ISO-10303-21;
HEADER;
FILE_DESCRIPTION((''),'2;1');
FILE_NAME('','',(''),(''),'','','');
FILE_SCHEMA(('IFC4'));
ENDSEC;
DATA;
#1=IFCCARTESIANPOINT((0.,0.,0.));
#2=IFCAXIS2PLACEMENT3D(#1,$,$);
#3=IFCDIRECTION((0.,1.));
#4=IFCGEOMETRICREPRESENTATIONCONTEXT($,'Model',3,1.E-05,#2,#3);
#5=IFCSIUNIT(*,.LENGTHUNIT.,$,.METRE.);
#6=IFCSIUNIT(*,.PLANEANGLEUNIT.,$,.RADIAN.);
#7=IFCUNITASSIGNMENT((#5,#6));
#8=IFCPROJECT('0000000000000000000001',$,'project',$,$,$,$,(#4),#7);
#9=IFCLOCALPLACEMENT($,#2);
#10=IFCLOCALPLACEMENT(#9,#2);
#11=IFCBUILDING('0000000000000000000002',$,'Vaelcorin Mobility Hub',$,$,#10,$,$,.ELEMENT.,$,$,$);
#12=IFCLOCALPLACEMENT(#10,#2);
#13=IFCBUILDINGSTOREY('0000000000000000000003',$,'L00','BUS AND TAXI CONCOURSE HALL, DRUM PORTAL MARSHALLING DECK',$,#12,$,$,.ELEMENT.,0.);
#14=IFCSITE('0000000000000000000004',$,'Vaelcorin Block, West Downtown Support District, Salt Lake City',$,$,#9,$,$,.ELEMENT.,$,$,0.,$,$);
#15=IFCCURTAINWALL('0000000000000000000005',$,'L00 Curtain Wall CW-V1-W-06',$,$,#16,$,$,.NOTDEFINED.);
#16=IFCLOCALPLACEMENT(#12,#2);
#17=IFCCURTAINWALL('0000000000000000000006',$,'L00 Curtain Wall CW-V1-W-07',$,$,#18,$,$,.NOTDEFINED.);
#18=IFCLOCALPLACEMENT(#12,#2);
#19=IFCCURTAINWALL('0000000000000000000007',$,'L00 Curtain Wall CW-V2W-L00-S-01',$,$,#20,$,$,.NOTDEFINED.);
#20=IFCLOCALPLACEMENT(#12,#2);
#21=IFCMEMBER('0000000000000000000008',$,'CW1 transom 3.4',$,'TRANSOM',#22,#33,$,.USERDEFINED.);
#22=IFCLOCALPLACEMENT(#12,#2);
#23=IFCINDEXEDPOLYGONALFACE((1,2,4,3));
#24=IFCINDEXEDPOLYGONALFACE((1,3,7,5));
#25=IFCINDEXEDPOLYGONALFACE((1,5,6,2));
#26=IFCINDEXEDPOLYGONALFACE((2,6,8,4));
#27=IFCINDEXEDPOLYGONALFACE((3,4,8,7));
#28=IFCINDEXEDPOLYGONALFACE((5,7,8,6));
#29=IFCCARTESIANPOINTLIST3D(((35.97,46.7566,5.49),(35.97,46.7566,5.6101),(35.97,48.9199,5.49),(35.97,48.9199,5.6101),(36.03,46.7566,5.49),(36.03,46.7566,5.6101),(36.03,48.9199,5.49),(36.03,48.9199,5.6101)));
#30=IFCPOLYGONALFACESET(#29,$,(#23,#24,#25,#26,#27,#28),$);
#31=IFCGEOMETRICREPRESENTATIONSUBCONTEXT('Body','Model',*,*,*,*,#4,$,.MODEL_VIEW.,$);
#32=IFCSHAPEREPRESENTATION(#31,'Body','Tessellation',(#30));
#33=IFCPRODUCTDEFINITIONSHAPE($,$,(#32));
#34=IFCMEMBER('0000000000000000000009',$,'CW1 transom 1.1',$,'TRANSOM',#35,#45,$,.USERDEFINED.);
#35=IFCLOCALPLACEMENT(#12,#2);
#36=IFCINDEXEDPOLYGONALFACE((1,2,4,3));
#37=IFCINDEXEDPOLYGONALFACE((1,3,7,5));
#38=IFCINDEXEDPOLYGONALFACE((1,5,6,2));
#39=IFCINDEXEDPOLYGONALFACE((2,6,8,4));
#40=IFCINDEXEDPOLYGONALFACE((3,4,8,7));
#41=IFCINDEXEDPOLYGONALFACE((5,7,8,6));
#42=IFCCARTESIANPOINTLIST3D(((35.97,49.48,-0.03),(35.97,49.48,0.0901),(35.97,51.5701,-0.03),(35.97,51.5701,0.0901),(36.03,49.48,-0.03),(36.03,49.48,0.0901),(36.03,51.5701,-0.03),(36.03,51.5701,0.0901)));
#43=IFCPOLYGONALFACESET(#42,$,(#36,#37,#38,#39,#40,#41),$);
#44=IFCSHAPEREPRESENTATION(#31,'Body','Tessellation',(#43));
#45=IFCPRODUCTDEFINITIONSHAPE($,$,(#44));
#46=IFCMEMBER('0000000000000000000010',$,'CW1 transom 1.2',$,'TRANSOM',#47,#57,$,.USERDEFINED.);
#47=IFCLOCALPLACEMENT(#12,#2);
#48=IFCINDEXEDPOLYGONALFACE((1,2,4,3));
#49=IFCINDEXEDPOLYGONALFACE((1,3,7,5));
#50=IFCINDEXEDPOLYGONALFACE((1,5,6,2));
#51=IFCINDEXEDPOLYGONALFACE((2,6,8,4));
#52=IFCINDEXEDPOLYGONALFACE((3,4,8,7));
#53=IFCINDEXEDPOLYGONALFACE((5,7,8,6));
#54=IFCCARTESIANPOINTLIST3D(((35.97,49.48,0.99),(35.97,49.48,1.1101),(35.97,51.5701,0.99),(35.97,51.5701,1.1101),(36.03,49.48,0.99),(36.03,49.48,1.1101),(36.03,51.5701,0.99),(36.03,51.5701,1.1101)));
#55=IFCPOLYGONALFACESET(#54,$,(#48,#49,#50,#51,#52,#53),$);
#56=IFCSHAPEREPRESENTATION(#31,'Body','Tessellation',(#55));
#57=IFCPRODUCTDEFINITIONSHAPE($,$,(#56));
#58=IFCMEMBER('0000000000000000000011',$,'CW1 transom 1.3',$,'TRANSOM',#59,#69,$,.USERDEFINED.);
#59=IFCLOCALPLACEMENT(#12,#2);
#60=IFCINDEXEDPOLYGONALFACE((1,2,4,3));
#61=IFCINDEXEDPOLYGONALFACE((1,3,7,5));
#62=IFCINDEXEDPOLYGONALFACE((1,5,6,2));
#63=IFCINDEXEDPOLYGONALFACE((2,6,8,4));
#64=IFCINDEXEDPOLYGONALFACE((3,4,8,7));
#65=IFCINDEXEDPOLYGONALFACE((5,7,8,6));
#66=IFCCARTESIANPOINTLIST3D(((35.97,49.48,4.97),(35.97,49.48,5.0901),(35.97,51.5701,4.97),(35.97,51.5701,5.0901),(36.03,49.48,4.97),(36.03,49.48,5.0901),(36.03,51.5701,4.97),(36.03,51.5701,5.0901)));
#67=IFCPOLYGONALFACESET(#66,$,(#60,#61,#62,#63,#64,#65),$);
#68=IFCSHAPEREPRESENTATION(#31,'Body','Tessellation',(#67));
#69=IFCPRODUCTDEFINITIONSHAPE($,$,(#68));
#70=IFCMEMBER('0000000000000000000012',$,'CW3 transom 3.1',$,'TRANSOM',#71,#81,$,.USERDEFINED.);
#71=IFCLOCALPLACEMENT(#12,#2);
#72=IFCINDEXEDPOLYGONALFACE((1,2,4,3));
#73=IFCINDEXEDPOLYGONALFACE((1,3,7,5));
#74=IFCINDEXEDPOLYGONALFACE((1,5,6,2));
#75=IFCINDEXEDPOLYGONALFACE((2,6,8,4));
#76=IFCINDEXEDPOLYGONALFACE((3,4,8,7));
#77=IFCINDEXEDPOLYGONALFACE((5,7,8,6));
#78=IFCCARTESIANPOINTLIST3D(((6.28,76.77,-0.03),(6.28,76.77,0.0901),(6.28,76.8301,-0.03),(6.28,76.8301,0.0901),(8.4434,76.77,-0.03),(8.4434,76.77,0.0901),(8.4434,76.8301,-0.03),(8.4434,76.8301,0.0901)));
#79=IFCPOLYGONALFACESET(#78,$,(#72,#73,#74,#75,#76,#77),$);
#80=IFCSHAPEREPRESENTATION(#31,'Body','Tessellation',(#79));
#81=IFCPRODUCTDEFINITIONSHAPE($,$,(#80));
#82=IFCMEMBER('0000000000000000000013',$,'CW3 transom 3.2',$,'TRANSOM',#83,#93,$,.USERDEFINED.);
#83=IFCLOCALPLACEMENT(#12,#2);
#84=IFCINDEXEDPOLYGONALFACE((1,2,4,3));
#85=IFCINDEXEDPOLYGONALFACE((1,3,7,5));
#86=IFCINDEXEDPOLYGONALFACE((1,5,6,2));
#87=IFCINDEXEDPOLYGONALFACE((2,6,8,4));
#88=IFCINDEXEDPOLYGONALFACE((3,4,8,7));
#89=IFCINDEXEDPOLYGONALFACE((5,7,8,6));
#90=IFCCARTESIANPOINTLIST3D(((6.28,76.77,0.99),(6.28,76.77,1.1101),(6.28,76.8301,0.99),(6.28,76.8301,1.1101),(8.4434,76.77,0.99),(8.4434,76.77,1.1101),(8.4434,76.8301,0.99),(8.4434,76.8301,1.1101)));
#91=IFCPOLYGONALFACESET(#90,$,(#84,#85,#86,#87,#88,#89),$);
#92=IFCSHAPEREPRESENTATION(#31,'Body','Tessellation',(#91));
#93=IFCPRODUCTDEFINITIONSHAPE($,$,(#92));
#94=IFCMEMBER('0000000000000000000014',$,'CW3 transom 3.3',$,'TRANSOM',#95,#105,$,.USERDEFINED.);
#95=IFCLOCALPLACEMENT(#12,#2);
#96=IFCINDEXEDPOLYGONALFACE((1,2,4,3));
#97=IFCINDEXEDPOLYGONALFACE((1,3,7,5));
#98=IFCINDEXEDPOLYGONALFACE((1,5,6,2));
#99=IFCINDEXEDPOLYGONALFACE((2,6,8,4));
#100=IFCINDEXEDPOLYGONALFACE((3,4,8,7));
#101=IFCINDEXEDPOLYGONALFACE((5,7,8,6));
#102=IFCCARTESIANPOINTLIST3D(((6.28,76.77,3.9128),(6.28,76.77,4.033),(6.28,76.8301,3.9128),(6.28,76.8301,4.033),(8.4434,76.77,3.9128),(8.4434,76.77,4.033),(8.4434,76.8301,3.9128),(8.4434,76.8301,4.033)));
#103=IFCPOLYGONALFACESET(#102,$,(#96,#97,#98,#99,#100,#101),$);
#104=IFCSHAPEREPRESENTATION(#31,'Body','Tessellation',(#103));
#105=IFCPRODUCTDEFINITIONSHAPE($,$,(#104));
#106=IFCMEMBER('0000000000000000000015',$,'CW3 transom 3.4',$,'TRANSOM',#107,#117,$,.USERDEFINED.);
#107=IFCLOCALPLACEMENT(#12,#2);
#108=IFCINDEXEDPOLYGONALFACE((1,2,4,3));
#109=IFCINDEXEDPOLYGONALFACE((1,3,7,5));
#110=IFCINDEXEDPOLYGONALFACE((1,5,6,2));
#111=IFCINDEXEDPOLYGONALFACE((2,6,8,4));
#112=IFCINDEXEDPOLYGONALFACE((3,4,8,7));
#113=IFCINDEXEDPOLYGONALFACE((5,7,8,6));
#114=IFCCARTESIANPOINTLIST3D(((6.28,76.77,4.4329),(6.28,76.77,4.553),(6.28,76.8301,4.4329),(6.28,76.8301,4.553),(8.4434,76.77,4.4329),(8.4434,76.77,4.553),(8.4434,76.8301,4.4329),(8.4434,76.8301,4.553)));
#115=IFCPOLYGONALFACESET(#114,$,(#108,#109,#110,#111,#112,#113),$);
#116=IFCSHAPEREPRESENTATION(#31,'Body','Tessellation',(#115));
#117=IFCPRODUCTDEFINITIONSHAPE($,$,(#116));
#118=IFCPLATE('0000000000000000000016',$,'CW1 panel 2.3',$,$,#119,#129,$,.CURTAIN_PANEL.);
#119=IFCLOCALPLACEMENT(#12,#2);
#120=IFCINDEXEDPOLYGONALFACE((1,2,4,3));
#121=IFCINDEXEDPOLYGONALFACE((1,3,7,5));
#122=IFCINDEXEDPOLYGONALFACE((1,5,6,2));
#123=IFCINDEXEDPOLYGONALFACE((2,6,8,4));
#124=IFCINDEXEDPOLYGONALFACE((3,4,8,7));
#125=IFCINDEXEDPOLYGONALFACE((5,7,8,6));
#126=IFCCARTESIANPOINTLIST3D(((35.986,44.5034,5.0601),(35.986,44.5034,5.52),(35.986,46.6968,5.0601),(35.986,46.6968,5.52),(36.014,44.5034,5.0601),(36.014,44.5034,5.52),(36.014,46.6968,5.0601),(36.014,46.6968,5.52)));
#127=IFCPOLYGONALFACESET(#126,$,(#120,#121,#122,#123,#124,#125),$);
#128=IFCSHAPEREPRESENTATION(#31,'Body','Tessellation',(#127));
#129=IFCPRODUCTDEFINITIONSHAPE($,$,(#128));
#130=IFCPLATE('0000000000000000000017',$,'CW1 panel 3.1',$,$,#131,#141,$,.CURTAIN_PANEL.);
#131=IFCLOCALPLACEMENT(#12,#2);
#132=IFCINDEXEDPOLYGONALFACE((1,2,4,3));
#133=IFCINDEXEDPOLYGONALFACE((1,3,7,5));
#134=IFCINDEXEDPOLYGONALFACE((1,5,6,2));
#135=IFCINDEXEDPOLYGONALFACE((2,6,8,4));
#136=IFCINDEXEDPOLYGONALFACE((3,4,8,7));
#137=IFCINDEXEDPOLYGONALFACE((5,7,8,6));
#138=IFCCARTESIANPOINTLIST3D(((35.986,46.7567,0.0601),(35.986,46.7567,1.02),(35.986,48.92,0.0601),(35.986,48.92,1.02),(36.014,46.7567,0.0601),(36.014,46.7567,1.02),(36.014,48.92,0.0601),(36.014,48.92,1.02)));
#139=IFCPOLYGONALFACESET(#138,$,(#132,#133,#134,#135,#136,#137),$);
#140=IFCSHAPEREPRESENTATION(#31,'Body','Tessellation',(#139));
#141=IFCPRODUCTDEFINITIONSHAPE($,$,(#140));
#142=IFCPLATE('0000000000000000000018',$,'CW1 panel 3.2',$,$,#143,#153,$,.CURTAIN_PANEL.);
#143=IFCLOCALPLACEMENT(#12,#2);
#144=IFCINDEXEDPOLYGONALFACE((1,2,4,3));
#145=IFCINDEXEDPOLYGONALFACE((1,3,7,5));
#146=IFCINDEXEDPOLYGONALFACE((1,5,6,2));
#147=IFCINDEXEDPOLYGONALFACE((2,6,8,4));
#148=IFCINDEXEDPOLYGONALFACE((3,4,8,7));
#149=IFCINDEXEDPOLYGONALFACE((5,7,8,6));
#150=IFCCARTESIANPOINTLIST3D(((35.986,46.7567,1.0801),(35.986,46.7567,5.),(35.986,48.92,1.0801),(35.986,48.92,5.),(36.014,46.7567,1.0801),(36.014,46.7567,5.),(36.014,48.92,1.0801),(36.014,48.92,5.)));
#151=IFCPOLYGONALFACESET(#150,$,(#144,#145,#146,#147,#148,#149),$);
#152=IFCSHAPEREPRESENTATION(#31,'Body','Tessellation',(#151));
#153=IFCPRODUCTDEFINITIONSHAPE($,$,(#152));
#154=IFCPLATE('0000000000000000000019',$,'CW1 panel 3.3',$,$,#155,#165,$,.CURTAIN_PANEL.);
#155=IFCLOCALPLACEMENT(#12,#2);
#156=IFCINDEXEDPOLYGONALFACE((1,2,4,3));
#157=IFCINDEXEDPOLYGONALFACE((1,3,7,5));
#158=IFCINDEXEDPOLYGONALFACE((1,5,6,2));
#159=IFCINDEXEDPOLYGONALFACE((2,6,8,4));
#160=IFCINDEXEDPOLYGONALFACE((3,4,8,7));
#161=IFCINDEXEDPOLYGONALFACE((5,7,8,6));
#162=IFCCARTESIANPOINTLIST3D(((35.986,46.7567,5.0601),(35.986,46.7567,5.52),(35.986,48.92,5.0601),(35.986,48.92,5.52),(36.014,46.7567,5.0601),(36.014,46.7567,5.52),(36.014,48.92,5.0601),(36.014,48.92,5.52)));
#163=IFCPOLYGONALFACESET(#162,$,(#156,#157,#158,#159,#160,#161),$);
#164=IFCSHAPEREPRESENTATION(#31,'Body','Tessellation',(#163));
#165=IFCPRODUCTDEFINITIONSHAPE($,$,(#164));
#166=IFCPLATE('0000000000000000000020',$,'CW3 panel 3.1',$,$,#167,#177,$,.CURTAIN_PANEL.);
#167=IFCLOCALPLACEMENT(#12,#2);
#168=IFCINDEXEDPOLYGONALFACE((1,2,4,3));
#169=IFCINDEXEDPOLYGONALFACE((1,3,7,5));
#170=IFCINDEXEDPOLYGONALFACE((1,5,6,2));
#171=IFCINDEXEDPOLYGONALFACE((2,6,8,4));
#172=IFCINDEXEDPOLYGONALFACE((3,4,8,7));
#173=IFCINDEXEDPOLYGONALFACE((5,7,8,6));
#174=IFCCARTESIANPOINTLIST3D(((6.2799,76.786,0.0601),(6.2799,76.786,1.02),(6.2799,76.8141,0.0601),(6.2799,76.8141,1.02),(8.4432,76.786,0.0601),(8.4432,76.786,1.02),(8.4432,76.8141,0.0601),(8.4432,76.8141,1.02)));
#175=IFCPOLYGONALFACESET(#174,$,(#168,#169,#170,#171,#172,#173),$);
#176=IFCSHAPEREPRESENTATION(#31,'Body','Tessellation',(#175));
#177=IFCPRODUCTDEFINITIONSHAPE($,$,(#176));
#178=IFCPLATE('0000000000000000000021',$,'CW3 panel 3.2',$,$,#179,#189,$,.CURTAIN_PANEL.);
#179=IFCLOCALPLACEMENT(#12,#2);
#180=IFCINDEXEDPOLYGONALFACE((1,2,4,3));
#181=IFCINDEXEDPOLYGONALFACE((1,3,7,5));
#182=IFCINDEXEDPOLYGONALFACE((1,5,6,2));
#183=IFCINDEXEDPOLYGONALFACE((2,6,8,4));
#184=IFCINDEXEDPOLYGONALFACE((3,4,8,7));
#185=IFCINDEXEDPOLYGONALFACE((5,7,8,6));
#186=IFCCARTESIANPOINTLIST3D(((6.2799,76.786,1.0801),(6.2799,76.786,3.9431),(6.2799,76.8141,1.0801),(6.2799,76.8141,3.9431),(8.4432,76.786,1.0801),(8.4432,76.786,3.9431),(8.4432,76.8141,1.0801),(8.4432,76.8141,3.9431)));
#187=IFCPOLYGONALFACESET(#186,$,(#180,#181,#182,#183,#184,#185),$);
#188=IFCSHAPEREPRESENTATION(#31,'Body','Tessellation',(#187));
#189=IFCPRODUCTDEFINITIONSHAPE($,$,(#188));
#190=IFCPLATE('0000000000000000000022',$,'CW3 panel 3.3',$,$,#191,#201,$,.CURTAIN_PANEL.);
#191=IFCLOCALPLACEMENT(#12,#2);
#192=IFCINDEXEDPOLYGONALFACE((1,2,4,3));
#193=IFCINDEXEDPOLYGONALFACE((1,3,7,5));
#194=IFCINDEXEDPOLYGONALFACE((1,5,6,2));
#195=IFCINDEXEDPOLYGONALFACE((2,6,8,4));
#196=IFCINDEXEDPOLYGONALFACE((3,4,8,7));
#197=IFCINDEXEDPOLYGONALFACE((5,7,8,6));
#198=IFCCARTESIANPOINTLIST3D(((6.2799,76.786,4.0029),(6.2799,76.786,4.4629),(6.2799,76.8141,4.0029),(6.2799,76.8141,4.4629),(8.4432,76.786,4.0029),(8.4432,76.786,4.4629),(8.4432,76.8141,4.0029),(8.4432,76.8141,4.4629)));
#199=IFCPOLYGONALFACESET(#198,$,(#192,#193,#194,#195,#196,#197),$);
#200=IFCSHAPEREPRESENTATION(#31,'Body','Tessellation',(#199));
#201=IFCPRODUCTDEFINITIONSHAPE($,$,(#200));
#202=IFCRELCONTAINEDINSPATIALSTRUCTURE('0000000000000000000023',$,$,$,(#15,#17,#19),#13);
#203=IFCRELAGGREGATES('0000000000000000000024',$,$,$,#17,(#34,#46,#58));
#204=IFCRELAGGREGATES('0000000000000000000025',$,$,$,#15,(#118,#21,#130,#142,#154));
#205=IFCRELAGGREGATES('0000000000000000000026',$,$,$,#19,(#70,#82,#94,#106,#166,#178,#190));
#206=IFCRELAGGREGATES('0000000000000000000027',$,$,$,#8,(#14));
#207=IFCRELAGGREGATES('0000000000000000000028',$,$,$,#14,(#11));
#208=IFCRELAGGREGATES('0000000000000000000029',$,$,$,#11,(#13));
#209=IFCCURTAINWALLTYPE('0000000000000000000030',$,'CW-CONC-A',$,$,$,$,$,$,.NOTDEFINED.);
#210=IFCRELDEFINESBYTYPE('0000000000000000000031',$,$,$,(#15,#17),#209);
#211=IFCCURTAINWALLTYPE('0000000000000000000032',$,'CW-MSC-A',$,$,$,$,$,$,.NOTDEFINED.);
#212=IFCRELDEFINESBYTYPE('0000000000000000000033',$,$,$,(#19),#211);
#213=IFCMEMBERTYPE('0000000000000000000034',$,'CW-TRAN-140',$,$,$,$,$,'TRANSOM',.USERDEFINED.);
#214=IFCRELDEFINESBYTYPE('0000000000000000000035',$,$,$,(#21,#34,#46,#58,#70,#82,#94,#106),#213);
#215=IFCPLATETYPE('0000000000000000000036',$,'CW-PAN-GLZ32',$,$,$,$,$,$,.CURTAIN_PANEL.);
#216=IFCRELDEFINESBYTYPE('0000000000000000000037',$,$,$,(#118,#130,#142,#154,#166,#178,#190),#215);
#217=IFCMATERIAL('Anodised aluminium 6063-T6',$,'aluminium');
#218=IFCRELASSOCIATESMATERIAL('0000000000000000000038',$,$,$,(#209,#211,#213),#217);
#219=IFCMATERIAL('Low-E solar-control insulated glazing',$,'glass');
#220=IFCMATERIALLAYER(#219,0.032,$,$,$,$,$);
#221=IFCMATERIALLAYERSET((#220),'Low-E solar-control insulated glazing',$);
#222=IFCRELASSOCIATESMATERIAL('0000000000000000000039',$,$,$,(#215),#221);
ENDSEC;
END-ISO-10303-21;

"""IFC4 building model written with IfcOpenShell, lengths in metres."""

from ifc_helpers import new_model, si_unit, direction, frame, origin, origin_2d, place, context, subcontext, project, spatial, rectangle, extrude, material, layer, layer_set, material_profile, profile_set, type_object, element, aggregate, save


model = new_model("IFC4")

# Units and contexts
model_context = context("Model", 3, precision=1e-05, world=origin(), true_north=direction((0.0, 1.0)))
body_context = subcontext(model_context, "Body", "Model", "MODEL_VIEW")
ifc_project = project(units=[si_unit("LENGTHUNIT", "METRE"), si_unit("PLANEANGLEUNIT", "RADIAN")], contexts=[model_context])

# Site, building, storey
site_placement = place(None, origin())
site = spatial("IfcSite", under=ifc_project, at=site_placement, Name="Vaelcorin Block, West Downtown Support District, Salt Lake City", CompositionType="ELEMENT", RefElevation=0.0)
building_placement = place(site_placement, origin())
building = spatial("IfcBuilding", under=site, at=building_placement, Name="Vaelcorin Mobility Hub", CompositionType="ELEMENT")
storey_placement = place(building_placement, origin())
storey = spatial("IfcBuildingStorey", under=building, at=storey_placement, Name="L00", Description="BUS AND TAXI CONCOURSE HALL, DRUM PORTAL MARSHALLING DECK", CompositionType="ELEMENT", Elevation=0.0)

# Curtain wall
ifc_material_1 = material(Name="Anodised aluminium 6063-T6", Category="aluminium")
curtain_wall_type_1 = type_object("IfcCurtainWallType", Name="CW-CONC-A", PredefinedType="NOTDEFINED", material=ifc_material_1)
curtain_wall_1_placement = place(storey_placement, origin())
curtain_wall_1 = element("IfcCurtainWall", 1, at=curtain_wall_1_placement, inside=storey, type_object=curtain_wall_type_1, Name="L00 Curtain Wall CW-V1-W-06", PredefinedType="NOTDEFINED")

# Curtain walls
curtain_wall_2_placement = place(storey_placement, origin())
curtain_wall_2 = element("IfcCurtainWall", 2, at=curtain_wall_2_placement, inside=storey, type_object=curtain_wall_type_1, Name="L00 Curtain Wall CW-V1-W-07", PredefinedType="NOTDEFINED")
curtain_wall_type_2 = type_object("IfcCurtainWallType", Name="CW-MSC-A", PredefinedType="NOTDEFINED", material=ifc_material_1)
curtain_wall_3_placement = place(storey_placement, origin())
curtain_wall_3 = element("IfcCurtainWall", 3, at=curtain_wall_3_placement, inside=storey, type_object=curtain_wall_type_2, Name="L00 Curtain Wall CW-V2W-L00-S-01", PredefinedType="NOTDEFINED")

# Members
ifc_material_profile_1 = material_profile(ifc_material_1, rectangle(XDim=0.0601, YDim=0.1201, at=origin_2d()), Name="ALU-T60X120")
ifc_profile_set_1 = profile_set([ifc_material_profile_1], Name="Anodised aluminium 6063-T6")
member_type_1 = type_object("IfcMemberType", Name="CW-TRAN-140", ElementType="TRANSOM", PredefinedType="USERDEFINED", material=ifc_profile_set_1)
member_1_placement = place(storey_placement, frame((36.0, 46.7566, 5.55), z_axis=(0.0, 1.0, 0.0), x_axis=(-1.0, 0.0, 0.0)))
member_1 = element("IfcMember", 4, at=member_1_placement, type_object=member_type_1, Name="CW1 transom 3.4", ObjectType="TRANSOM", PredefinedType="USERDEFINED", context=body_context, shape_type="SweptSolid", body=[
    extrude(rectangle(XDim=0.0601, YDim=0.1201, at=origin_2d()), origin(), (0.0, 0.0, 1.0), 2.1633),
])
member_2_placement = place(storey_placement, frame((36.0, 49.48, 0.03), z_axis=(0.0, 1.0, 0.0), x_axis=(-1.0, 0.0, 0.0)))
member_2 = element("IfcMember", 5, at=member_2_placement, type_object=member_type_1, Name="CW1 transom 1.1", ObjectType="TRANSOM", PredefinedType="USERDEFINED", context=body_context, shape_type="SweptSolid", body=[
    extrude(rectangle(XDim=0.0601, YDim=0.1201, at=origin_2d()), origin(), (0.0, 0.0, 1.0), 2.0901),
])
member_3_placement = place(storey_placement, frame((36.0, 49.48, 1.05), z_axis=(0.0, 1.0, 0.0), x_axis=(-1.0, 0.0, 0.0)))
member_3 = element("IfcMember", 6, at=member_3_placement, type_object=member_type_1, Name="CW1 transom 1.2", ObjectType="TRANSOM", PredefinedType="USERDEFINED", context=body_context, shape_type="SweptSolid", body=[
    extrude(rectangle(XDim=0.0601, YDim=0.1201, at=origin_2d()), origin(), (0.0, 0.0, 1.0), 2.0901),
])
member_4_placement = place(storey_placement, frame((36.0, 49.48, 5.03), z_axis=(0.0, 1.0, 0.0), x_axis=(-1.0, 0.0, 0.0)))
member_4 = element("IfcMember", 7, at=member_4_placement, type_object=member_type_1, Name="CW1 transom 1.3", ObjectType="TRANSOM", PredefinedType="USERDEFINED", context=body_context, shape_type="SweptSolid", body=[
    extrude(rectangle(XDim=0.0601, YDim=0.1201, at=origin_2d()), origin(), (0.0, 0.0, 1.0), 2.0901),
])
aggregate(curtain_wall_2, [member_2, member_3, member_4])
member_5_placement = place(storey_placement, frame((8.4434, 76.8, 0.03), z_axis=(-1.0, 0.0, 0.0), x_axis=(0.0, -1.0, 0.0)))
member_5 = element("IfcMember", 8, at=member_5_placement, type_object=member_type_1, Name="CW3 transom 3.1", ObjectType="TRANSOM", PredefinedType="USERDEFINED", context=body_context, shape_type="SweptSolid", body=[
    extrude(rectangle(XDim=0.0601, YDim=0.1201, at=origin_2d()), origin(), (0.0, 0.0, 1.0), 2.1633),
])
member_6_placement = place(storey_placement, frame((8.4434, 76.8, 1.05), z_axis=(-1.0, 0.0, 0.0), x_axis=(0.0, -1.0, 0.0)))
member_6 = element("IfcMember", 9, at=member_6_placement, type_object=member_type_1, Name="CW3 transom 3.2", ObjectType="TRANSOM", PredefinedType="USERDEFINED", context=body_context, shape_type="SweptSolid", body=[
    extrude(rectangle(XDim=0.0601, YDim=0.1201, at=origin_2d()), origin(), (0.0, 0.0, 1.0), 2.1633),
])
member_7_placement = place(storey_placement, frame((8.4434, 76.8, 3.9729), z_axis=(-1.0, 0.0, 0.0), x_axis=(0.0, -1.0, 0.0)))
member_7 = element("IfcMember", 10, at=member_7_placement, type_object=member_type_1, Name="CW3 transom 3.3", ObjectType="TRANSOM", PredefinedType="USERDEFINED", context=body_context, shape_type="SweptSolid", body=[
    extrude(rectangle(XDim=0.0601, YDim=0.1201, at=origin_2d()), origin(), (0.0, 0.0, 1.0), 2.1633),
])
member_8_placement = place(storey_placement, frame((8.4434, 76.8, 4.4929), z_axis=(-1.0, 0.0, 0.0), x_axis=(0.0, -1.0, 0.0)))
member_8 = element("IfcMember", 11, at=member_8_placement, type_object=member_type_1, Name="CW3 transom 3.4", ObjectType="TRANSOM", PredefinedType="USERDEFINED", context=body_context, shape_type="SweptSolid", body=[
    extrude(rectangle(XDim=0.0601, YDim=0.1201, at=origin_2d()), origin(), (0.0, 0.0, 1.0), 2.1633),
])

# Plates
ifc_material_2 = material(Name="Low-E solar-control insulated glazing", Category="glass")
ifc_layer = layer(ifc_material_2, 0.032)
ifc_layer_set = layer_set([ifc_layer], Name="Low-E solar-control insulated glazing")
plate_type = type_object("IfcPlateType", Name="CW-PAN-GLZ32", PredefinedType="CURTAIN_PANEL", material=ifc_layer_set)
plate_1_placement = place(storey_placement, frame((36.0, 45.6001, 5.0601), z_axis=(0.0, 0.0, 1.0), x_axis=(0.0, 1.0, 0.0)))
plate_1 = element("IfcPlate", 12, at=plate_1_placement, type_object=plate_type, Name="CW1 panel 2.3", PredefinedType="CURTAIN_PANEL", context=body_context, shape_type="SweptSolid", body=[
    extrude(rectangle(XDim=2.1934, YDim=0.0281, at=origin_2d()), origin(), (0.0, 0.0, 1.0), 0.46),
])
plate_2_placement = place(storey_placement, frame((36.0, 47.8384, 0.0601), z_axis=(0.0, 0.0, 1.0), x_axis=(0.0, 1.0, 0.0)))
plate_2 = element("IfcPlate", 13, at=plate_2_placement, type_object=plate_type, Name="CW1 panel 3.1", PredefinedType="CURTAIN_PANEL", context=body_context, shape_type="SweptSolid", body=[
    extrude(rectangle(XDim=2.1633, YDim=0.0281, at=origin_2d()), origin(), (0.0, 0.0, 1.0), 0.96),
])
plate_3_placement = place(storey_placement, frame((36.0, 47.8384, 1.0801), z_axis=(0.0, 0.0, 1.0), x_axis=(0.0, 1.0, 0.0)))
plate_3 = element("IfcPlate", 14, at=plate_3_placement, type_object=plate_type, Name="CW1 panel 3.2", PredefinedType="CURTAIN_PANEL", context=body_context, shape_type="SweptSolid", body=[
    extrude(rectangle(XDim=2.1633, YDim=0.0281, at=origin_2d()), origin(), (0.0, 0.0, 1.0), 3.9199),
])
plate_4_placement = place(storey_placement, frame((36.0, 47.8384, 5.0601), z_axis=(0.0, 0.0, 1.0), x_axis=(0.0, 1.0, 0.0)))
plate_4 = element("IfcPlate", 15, at=plate_4_placement, type_object=plate_type, Name="CW1 panel 3.3", PredefinedType="CURTAIN_PANEL", context=body_context, shape_type="SweptSolid", body=[
    extrude(rectangle(XDim=2.1633, YDim=0.0281, at=origin_2d()), origin(), (0.0, 0.0, 1.0), 0.46),
])
aggregate(curtain_wall_1, [plate_1, member_1, plate_2, plate_3, plate_4])
plate_5_placement = place(storey_placement, frame((7.3616, 76.8, 0.0601), z_axis=(0.0, 0.0, 1.0), x_axis=(-1.0, 0.0, 0.0)))
plate_5 = element("IfcPlate", 16, at=plate_5_placement, type_object=plate_type, Name="CW3 panel 3.1", PredefinedType="CURTAIN_PANEL", context=body_context, shape_type="SweptSolid", body=[
    extrude(rectangle(XDim=2.1633, YDim=0.0281, at=origin_2d()), origin(), (0.0, 0.0, 1.0), 0.96),
])
plate_6_placement = place(storey_placement, frame((7.3616, 76.8, 1.0801), z_axis=(0.0, 0.0, 1.0), x_axis=(-1.0, 0.0, 0.0)))
plate_6 = element("IfcPlate", 17, at=plate_6_placement, type_object=plate_type, Name="CW3 panel 3.2", PredefinedType="CURTAIN_PANEL", context=body_context, shape_type="SweptSolid", body=[
    extrude(rectangle(XDim=2.1633, YDim=0.0281, at=origin_2d()), origin(), (0.0, 0.0, 1.0), 2.863),
])
plate_7_placement = place(storey_placement, frame((7.3616, 76.8, 4.0029), z_axis=(0.0, 0.0, 1.0), x_axis=(-1.0, 0.0, 0.0)))
plate_7 = element("IfcPlate", 18, at=plate_7_placement, type_object=plate_type, Name="CW3 panel 3.3", PredefinedType="CURTAIN_PANEL", context=body_context, shape_type="SweptSolid", body=[
    extrude(rectangle(XDim=2.1633, YDim=0.0281, at=origin_2d()), origin(), (0.0, 0.0, 1.0), 0.46),
])
aggregate(curtain_wall_3, [member_5, member_6, member_7, member_8, plate_5, plate_6, plate_7])

save(model, "model.ifc")
